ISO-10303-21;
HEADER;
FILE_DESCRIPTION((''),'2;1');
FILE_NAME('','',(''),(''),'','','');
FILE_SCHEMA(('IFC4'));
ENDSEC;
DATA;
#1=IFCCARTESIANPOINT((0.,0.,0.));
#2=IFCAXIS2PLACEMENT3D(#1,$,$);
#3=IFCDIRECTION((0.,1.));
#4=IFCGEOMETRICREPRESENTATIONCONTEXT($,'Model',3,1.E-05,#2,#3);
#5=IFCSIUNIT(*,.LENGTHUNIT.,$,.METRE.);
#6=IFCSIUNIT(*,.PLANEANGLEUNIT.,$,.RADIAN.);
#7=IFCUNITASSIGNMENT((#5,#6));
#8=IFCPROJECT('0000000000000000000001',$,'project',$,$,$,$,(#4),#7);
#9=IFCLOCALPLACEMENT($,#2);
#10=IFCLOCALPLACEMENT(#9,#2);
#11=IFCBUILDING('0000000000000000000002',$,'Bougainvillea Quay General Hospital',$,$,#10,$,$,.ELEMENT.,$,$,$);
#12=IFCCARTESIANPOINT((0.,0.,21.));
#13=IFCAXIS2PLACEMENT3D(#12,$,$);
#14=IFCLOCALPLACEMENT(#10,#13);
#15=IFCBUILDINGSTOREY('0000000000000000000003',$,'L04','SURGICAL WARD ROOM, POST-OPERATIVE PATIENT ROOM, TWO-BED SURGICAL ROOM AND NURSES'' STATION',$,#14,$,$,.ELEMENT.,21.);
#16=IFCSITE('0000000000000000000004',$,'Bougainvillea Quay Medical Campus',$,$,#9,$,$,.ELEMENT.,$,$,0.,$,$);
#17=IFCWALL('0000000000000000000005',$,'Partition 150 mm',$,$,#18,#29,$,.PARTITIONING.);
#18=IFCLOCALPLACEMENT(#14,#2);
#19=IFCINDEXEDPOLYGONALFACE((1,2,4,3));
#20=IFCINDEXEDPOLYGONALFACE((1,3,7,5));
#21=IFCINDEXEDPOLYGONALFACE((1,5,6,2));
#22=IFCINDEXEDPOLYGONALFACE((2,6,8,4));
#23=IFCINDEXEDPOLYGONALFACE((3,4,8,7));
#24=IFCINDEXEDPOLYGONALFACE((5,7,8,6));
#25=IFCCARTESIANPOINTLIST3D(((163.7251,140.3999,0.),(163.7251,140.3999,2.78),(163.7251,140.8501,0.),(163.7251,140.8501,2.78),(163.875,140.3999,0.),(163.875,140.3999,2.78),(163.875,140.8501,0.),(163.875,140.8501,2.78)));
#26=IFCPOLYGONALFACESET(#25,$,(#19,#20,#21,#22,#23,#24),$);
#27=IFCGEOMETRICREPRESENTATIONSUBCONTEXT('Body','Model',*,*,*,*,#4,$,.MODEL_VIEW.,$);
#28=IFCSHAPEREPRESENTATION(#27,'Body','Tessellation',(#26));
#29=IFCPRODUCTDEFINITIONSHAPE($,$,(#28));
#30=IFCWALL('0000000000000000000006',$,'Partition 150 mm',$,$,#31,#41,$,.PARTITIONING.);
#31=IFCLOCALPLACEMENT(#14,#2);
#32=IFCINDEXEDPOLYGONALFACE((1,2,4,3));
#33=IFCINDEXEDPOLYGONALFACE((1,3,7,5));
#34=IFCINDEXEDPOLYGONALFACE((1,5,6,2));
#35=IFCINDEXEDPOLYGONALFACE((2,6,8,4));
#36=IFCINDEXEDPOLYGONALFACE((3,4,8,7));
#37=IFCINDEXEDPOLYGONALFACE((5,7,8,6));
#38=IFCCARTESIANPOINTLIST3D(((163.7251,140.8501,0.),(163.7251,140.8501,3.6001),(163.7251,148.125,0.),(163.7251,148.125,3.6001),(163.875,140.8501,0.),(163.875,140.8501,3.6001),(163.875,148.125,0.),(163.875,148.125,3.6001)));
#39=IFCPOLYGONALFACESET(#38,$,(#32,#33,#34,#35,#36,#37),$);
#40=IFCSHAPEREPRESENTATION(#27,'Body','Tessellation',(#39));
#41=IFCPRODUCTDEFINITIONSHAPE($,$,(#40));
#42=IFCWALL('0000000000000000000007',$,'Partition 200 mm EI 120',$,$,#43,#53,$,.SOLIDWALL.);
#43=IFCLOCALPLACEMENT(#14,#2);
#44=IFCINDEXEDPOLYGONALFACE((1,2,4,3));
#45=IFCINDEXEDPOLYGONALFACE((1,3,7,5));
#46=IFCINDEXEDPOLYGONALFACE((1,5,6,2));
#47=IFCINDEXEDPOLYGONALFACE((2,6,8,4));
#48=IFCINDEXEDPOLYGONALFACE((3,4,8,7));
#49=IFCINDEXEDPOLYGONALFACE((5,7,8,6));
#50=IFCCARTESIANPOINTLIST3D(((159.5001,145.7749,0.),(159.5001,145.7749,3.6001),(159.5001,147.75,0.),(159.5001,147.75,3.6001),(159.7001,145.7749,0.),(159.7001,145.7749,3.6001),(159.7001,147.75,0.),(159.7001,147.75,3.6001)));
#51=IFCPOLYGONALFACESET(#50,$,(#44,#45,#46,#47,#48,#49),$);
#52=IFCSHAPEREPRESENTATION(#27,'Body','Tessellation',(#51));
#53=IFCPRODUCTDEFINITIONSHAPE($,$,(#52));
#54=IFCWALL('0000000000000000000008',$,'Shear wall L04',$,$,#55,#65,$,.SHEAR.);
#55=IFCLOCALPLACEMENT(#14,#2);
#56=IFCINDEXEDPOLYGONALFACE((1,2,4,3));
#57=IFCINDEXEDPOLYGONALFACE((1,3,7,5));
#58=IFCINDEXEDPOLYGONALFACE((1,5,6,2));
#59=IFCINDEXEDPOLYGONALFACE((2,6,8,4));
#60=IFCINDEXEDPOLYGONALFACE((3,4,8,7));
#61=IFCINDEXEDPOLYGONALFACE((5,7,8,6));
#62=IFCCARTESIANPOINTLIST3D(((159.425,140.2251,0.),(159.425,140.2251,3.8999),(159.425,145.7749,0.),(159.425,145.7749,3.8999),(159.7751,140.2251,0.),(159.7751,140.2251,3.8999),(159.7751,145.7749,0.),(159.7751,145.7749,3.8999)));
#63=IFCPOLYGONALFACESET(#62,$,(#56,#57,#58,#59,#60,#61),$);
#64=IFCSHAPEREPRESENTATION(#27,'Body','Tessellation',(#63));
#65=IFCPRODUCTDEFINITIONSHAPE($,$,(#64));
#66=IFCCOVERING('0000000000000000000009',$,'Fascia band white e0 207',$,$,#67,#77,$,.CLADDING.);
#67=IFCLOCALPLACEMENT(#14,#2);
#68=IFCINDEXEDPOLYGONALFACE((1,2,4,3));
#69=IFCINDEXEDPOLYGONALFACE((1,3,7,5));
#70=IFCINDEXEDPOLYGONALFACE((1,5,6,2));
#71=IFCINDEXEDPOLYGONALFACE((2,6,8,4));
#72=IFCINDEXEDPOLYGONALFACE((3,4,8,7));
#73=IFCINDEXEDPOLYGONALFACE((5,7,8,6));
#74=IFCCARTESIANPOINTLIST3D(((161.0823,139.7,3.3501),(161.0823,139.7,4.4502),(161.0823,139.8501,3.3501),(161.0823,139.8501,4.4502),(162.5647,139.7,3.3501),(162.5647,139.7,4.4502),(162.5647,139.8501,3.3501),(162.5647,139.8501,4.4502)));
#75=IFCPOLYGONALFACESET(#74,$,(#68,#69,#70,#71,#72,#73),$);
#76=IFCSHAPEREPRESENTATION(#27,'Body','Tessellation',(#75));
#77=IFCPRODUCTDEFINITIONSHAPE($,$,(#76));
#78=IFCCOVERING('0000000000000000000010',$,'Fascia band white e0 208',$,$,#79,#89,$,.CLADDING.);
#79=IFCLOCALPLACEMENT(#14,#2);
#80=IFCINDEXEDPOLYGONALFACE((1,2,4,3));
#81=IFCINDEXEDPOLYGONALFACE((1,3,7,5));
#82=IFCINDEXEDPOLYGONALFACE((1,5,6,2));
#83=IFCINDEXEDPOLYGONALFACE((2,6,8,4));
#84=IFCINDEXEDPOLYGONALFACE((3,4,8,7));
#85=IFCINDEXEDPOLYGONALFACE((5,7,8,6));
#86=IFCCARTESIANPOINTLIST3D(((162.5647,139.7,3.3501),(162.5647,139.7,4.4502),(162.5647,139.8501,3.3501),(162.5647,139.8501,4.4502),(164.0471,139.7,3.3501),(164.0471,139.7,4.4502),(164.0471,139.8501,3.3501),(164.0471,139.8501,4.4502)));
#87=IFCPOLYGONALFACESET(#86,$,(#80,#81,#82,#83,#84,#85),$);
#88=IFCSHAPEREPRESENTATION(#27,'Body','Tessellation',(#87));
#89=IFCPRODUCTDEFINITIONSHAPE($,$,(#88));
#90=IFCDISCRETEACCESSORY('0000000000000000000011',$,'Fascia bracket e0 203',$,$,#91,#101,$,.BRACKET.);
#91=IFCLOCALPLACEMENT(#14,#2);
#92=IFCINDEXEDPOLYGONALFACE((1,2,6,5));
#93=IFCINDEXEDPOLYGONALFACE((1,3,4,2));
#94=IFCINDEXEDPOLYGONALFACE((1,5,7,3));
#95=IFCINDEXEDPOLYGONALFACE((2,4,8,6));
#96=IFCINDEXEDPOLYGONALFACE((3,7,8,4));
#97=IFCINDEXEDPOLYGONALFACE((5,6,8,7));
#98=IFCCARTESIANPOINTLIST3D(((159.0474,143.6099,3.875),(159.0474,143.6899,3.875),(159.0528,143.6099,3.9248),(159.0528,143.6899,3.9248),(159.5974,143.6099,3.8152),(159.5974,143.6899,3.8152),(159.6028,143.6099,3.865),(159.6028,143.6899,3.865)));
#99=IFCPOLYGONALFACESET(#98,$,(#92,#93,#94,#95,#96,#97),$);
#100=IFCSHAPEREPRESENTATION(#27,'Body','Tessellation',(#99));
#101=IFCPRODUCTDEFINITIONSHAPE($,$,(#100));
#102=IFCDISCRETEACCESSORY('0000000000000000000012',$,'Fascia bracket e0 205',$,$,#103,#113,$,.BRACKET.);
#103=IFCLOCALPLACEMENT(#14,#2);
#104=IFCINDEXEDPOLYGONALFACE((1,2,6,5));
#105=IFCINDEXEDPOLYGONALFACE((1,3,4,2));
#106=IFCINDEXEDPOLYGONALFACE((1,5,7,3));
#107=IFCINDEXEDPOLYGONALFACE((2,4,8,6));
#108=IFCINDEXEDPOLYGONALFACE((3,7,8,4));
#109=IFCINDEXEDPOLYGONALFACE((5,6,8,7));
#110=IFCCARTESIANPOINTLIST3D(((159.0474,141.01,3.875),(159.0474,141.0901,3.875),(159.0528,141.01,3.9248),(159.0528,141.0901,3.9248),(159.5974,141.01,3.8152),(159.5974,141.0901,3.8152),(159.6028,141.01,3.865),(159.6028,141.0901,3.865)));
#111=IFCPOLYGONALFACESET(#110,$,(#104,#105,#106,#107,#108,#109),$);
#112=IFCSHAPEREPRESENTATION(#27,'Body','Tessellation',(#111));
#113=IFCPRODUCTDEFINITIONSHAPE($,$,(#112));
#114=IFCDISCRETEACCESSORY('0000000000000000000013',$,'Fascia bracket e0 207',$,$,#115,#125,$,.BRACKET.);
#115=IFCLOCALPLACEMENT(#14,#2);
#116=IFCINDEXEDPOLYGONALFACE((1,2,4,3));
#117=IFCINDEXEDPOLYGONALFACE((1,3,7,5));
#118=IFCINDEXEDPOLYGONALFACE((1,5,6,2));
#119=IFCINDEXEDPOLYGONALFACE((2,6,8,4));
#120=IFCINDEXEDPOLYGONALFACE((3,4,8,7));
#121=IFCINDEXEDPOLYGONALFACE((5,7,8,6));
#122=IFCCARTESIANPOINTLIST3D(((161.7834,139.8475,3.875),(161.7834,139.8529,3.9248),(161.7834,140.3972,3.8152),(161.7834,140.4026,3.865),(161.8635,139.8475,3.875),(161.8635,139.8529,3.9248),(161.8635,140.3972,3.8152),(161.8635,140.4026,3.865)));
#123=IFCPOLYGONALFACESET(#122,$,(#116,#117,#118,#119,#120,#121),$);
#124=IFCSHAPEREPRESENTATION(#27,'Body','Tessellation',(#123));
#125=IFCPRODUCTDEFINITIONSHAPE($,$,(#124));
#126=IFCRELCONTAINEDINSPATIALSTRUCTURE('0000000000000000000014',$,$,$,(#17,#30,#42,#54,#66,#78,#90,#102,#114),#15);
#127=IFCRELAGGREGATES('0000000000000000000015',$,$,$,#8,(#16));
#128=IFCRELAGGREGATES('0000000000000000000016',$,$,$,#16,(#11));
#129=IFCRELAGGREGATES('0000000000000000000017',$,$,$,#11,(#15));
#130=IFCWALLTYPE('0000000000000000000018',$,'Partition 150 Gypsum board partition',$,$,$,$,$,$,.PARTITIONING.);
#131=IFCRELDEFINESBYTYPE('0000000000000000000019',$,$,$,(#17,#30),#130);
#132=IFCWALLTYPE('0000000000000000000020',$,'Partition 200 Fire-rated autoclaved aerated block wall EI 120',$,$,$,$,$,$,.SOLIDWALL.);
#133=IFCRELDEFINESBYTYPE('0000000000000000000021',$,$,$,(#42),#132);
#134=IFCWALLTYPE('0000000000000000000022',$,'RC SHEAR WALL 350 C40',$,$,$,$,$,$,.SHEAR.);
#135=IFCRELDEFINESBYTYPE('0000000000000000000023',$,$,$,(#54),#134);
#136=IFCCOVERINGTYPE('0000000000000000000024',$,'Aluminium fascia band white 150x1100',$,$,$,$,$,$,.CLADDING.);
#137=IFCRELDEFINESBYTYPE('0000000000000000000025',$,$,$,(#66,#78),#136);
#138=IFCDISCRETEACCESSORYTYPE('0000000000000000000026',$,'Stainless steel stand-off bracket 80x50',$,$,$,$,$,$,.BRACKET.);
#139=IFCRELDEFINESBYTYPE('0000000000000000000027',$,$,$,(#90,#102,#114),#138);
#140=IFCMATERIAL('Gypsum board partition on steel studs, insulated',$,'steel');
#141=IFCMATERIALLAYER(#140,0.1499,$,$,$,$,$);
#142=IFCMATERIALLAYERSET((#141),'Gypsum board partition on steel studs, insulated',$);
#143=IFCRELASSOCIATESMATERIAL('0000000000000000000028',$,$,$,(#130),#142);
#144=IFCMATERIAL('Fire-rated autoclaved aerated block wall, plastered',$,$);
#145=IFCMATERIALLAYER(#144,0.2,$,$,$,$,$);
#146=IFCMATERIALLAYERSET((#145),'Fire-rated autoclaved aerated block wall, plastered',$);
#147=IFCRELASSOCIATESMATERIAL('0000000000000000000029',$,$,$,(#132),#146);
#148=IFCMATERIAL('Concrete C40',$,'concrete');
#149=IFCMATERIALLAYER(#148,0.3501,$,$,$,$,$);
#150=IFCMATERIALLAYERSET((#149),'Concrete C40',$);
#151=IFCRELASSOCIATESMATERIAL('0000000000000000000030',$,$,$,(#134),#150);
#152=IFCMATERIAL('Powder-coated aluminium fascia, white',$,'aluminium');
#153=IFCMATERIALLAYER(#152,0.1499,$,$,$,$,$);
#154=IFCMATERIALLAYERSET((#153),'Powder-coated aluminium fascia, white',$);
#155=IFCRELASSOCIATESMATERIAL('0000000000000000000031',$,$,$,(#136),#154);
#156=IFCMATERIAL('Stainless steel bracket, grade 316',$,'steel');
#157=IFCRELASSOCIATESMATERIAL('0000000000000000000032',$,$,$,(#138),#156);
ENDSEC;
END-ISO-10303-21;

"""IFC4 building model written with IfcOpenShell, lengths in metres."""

from ifc_helpers import new_model, si_unit, direction, frame, frame_2d, origin, origin_2d, place, context, subcontext, project, spatial, polyline, rectangle, outline, extrude, material, layer, layer_set, material_profile, profile_set, type_object, element, save


model = new_model("IFC4")

# Units and contexts
model_context = context("Model", 3, precision=1e-05, world=origin(), true_north=direction((0.0, 1.0)))
body_context = subcontext(model_context, "Body", "Model", "MODEL_VIEW")
ifc_project = project(units=[si_unit("LENGTHUNIT", "METRE"), si_unit("PLANEANGLEUNIT", "RADIAN")], contexts=[model_context])

# Site, building, storey
site_placement = place(None, origin())
site = spatial("IfcSite", under=ifc_project, at=site_placement, Name="Bougainvillea Quay Medical Campus", CompositionType="ELEMENT", RefElevation=0.0)
building_placement = place(site_placement, origin())
building = spatial("IfcBuilding", under=site, at=building_placement, Name="Bougainvillea Quay General Hospital", CompositionType="ELEMENT")
storey_placement = place(building_placement, frame((0.0, 0.0, 21.0)))
storey = spatial("IfcBuildingStorey", under=building, at=storey_placement, Name="L04", Description="SURGICAL WARD ROOM, POST-OPERATIVE PATIENT ROOM, TWO-BED SURGICAL ROOM AND NURSES' STATION", CompositionType="ELEMENT", Elevation=21.0)

# Shared definitions
ifc_material_1 = material(Name="Concrete C40", Category="concrete")

# Walls
ifc_material_2 = material(Name="Gypsum board partition on steel studs, insulated", Category="steel")
ifc_layer_1 = layer(ifc_material_2, 0.1499)
ifc_layer_set_1 = layer_set([ifc_layer_1], Name="Gypsum board partition on steel studs, insulated")
wall_type_1 = type_object("IfcWallType", Name="Partition 150 Gypsum board partition", PredefinedType="PARTITIONING", material=ifc_layer_set_1)
wall_1_placement = place(storey_placement, frame((163.8, 140.3999, 0.0), z_axis=(0.0, 0.0, 1.0), x_axis=(0.0, 1.0, 0.0)))
element("IfcWall", 1, at=wall_1_placement, inside=storey, type_object=wall_type_1, Name="Partition 150 mm", PredefinedType="PARTITIONING", context=body_context, shape_type="SweptSolid", body=[
    extrude(rectangle(XDim=0.4502, YDim=0.1499, at=frame_2d((0.2251, 0.0))), origin(), (0.0, 0.0, 1.0), 2.78),
])
wall_2_placement = place(storey_placement, frame((163.8, 140.8501, 0.0), z_axis=(0.0, 0.0, 1.0), x_axis=(0.0, 1.0, 0.0)))
element("IfcWall", 2, at=wall_2_placement, inside=storey, type_object=wall_type_1, Name="Partition 150 mm", PredefinedType="PARTITIONING", context=body_context, shape_type="SweptSolid", body=[
    extrude(rectangle(XDim=7.2749, YDim=0.1499, at=frame_2d((3.6375, 0.0))), origin(), (0.0, 0.0, 1.0), 3.6001),
])
ifc_material_3 = material(Name="Fire-rated autoclaved aerated block wall, plastered")
ifc_layer_2 = layer(ifc_material_3, 0.2)
ifc_layer_set_2 = layer_set([ifc_layer_2], Name="Fire-rated autoclaved aerated block wall, plastered")
wall_type_2 = type_object("IfcWallType", Name="Partition 200 Fire-rated autoclaved aerated block wall EI 120", PredefinedType="SOLIDWALL", material=ifc_layer_set_2)
wall_3_placement = place(storey_placement, frame((159.6001, 145.7749, 0.0), z_axis=(0.0, 0.0, 1.0), x_axis=(0.0, 1.0, 0.0)))
element("IfcWall", 3, at=wall_3_placement, inside=storey, type_object=wall_type_2, Name="Partition 200 mm EI 120", PredefinedType="SOLIDWALL", context=body_context, shape_type="SweptSolid", body=[
    extrude(rectangle(XDim=1.9751, YDim=0.2, at=frame_2d((0.9875, 0.0))), origin(), (0.0, 0.0, 1.0), 3.6001),
])
ifc_layer_3 = layer(ifc_material_1, 0.3501)
ifc_layer_set_3 = layer_set([ifc_layer_3], Name="Concrete C40")
wall_type_3 = type_object("IfcWallType", Name="RC SHEAR WALL 350 C40", PredefinedType="SHEAR", material=ifc_layer_set_3)
wall_4_placement = place(storey_placement, frame((159.6001, 140.2251, 0.0), z_axis=(0.0, 0.0, 1.0), x_axis=(0.0, 1.0, 0.0)))
element("IfcWall", 4, at=wall_4_placement, inside=storey, type_object=wall_type_3, Name="Shear wall L04", PredefinedType="SHEAR", context=body_context, shape_type="SweptSolid", body=[
    extrude(rectangle(XDim=5.5498, YDim=0.3501, at=frame_2d((2.7749, 0.0))), origin(), (0.0, 0.0, 1.0), 3.8999),
])

# Coverings
ifc_material_4 = material(Name="Powder-coated aluminium fascia, white", Category="aluminium")
ifc_layer_4 = layer(ifc_material_4, 0.1499)
ifc_layer_set_4 = layer_set([ifc_layer_4], Name="Powder-coated aluminium fascia, white")
covering_type = type_object("IfcCoveringType", Name="Aluminium fascia band white 150x1100", PredefinedType="CLADDING", material=ifc_layer_set_4)
for number, where, z_axis, x_axis, name in (
    (5, (161.0823, 139.8501, 3.3501), (0.0, 0.0, 1.0), (1.0, 0.0, 0.0), "Fascia band white e0 207"),
    (6, (162.5647, 139.8501, 3.3501), (0.0, 0.0, 1.0), (1.0, 0.0, 0.0), "Fascia band white e0 208"),
):
    element("IfcCovering", number, at=place(storey_placement, frame(where, z_axis=z_axis, x_axis=x_axis)), inside=storey, type_object=covering_type, Name=name, PredefinedType="CLADDING", context=body_context, shape_type="SweptSolid", body=[
        extrude(outline(polyline([(0.0, 0.0), (1.4824, 0.0), (1.4824, -0.1501), (0.0, -0.1501), (0.0, 0.0)])), origin(), (0.0, 0.0, 1.0), 1.1001),
    ])

# Discrete accessories
ifc_material_5 = material(Name="Stainless steel bracket, grade 316", Category="steel")
ifc_material_profile_1 = material_profile(ifc_material_5, rectangle(XDim=0.0801, YDim=0.05, at=origin_2d()))
ifc_profile_set_1 = profile_set([ifc_material_profile_1], Name="Stainless steel bracket, grade 316")
discrete_accessory_type = type_object("IfcDiscreteAccessoryType", Name="Stainless steel stand-off bracket 80x50", PredefinedType="BRACKET", material=ifc_profile_set_1)
for number, where, z_axis, x_axis, name in (
    (7, (159.6001, 143.6499, 3.8401), (-0.994139, 0.0, 0.108107), (0.0, -1.0, 0.0), "Fascia bracket e0 203"),
    (8, (159.6001, 141.05, 3.8401), (-0.994139, 0.0, 0.108107), (0.0, -1.0, 0.0), "Fascia bracket e0 205"),
):
    element("IfcDiscreteAccessory", number, at=place(storey_placement, frame(where, z_axis=z_axis, x_axis=x_axis)), inside=storey, type_object=discrete_accessory_type, Name=name, PredefinedType="BRACKET", context=body_context, shape_type="SweptSolid", body=[
        extrude(rectangle(XDim=0.0801, YDim=0.05, at=origin_2d()), origin(), (0.0, 0.0, 1.0), 0.5532),
    ])
discrete_accessory_placement = place(storey_placement, frame((161.8235, 140.3999, 3.8401), z_axis=(0.0, -0.994134, 0.108154), x_axis=(1.0, 0.0, 0.0)))
element("IfcDiscreteAccessory", 9, at=discrete_accessory_placement, inside=storey, type_object=discrete_accessory_type, Name="Fascia bracket e0 207", PredefinedType="BRACKET", context=body_context, shape_type="SweptSolid", body=[
    extrude(rectangle(XDim=0.0801, YDim=0.05, at=origin_2d()), origin(), (0.0, 0.0, 1.0), 0.553),
])

save(model, "model.ifc")
